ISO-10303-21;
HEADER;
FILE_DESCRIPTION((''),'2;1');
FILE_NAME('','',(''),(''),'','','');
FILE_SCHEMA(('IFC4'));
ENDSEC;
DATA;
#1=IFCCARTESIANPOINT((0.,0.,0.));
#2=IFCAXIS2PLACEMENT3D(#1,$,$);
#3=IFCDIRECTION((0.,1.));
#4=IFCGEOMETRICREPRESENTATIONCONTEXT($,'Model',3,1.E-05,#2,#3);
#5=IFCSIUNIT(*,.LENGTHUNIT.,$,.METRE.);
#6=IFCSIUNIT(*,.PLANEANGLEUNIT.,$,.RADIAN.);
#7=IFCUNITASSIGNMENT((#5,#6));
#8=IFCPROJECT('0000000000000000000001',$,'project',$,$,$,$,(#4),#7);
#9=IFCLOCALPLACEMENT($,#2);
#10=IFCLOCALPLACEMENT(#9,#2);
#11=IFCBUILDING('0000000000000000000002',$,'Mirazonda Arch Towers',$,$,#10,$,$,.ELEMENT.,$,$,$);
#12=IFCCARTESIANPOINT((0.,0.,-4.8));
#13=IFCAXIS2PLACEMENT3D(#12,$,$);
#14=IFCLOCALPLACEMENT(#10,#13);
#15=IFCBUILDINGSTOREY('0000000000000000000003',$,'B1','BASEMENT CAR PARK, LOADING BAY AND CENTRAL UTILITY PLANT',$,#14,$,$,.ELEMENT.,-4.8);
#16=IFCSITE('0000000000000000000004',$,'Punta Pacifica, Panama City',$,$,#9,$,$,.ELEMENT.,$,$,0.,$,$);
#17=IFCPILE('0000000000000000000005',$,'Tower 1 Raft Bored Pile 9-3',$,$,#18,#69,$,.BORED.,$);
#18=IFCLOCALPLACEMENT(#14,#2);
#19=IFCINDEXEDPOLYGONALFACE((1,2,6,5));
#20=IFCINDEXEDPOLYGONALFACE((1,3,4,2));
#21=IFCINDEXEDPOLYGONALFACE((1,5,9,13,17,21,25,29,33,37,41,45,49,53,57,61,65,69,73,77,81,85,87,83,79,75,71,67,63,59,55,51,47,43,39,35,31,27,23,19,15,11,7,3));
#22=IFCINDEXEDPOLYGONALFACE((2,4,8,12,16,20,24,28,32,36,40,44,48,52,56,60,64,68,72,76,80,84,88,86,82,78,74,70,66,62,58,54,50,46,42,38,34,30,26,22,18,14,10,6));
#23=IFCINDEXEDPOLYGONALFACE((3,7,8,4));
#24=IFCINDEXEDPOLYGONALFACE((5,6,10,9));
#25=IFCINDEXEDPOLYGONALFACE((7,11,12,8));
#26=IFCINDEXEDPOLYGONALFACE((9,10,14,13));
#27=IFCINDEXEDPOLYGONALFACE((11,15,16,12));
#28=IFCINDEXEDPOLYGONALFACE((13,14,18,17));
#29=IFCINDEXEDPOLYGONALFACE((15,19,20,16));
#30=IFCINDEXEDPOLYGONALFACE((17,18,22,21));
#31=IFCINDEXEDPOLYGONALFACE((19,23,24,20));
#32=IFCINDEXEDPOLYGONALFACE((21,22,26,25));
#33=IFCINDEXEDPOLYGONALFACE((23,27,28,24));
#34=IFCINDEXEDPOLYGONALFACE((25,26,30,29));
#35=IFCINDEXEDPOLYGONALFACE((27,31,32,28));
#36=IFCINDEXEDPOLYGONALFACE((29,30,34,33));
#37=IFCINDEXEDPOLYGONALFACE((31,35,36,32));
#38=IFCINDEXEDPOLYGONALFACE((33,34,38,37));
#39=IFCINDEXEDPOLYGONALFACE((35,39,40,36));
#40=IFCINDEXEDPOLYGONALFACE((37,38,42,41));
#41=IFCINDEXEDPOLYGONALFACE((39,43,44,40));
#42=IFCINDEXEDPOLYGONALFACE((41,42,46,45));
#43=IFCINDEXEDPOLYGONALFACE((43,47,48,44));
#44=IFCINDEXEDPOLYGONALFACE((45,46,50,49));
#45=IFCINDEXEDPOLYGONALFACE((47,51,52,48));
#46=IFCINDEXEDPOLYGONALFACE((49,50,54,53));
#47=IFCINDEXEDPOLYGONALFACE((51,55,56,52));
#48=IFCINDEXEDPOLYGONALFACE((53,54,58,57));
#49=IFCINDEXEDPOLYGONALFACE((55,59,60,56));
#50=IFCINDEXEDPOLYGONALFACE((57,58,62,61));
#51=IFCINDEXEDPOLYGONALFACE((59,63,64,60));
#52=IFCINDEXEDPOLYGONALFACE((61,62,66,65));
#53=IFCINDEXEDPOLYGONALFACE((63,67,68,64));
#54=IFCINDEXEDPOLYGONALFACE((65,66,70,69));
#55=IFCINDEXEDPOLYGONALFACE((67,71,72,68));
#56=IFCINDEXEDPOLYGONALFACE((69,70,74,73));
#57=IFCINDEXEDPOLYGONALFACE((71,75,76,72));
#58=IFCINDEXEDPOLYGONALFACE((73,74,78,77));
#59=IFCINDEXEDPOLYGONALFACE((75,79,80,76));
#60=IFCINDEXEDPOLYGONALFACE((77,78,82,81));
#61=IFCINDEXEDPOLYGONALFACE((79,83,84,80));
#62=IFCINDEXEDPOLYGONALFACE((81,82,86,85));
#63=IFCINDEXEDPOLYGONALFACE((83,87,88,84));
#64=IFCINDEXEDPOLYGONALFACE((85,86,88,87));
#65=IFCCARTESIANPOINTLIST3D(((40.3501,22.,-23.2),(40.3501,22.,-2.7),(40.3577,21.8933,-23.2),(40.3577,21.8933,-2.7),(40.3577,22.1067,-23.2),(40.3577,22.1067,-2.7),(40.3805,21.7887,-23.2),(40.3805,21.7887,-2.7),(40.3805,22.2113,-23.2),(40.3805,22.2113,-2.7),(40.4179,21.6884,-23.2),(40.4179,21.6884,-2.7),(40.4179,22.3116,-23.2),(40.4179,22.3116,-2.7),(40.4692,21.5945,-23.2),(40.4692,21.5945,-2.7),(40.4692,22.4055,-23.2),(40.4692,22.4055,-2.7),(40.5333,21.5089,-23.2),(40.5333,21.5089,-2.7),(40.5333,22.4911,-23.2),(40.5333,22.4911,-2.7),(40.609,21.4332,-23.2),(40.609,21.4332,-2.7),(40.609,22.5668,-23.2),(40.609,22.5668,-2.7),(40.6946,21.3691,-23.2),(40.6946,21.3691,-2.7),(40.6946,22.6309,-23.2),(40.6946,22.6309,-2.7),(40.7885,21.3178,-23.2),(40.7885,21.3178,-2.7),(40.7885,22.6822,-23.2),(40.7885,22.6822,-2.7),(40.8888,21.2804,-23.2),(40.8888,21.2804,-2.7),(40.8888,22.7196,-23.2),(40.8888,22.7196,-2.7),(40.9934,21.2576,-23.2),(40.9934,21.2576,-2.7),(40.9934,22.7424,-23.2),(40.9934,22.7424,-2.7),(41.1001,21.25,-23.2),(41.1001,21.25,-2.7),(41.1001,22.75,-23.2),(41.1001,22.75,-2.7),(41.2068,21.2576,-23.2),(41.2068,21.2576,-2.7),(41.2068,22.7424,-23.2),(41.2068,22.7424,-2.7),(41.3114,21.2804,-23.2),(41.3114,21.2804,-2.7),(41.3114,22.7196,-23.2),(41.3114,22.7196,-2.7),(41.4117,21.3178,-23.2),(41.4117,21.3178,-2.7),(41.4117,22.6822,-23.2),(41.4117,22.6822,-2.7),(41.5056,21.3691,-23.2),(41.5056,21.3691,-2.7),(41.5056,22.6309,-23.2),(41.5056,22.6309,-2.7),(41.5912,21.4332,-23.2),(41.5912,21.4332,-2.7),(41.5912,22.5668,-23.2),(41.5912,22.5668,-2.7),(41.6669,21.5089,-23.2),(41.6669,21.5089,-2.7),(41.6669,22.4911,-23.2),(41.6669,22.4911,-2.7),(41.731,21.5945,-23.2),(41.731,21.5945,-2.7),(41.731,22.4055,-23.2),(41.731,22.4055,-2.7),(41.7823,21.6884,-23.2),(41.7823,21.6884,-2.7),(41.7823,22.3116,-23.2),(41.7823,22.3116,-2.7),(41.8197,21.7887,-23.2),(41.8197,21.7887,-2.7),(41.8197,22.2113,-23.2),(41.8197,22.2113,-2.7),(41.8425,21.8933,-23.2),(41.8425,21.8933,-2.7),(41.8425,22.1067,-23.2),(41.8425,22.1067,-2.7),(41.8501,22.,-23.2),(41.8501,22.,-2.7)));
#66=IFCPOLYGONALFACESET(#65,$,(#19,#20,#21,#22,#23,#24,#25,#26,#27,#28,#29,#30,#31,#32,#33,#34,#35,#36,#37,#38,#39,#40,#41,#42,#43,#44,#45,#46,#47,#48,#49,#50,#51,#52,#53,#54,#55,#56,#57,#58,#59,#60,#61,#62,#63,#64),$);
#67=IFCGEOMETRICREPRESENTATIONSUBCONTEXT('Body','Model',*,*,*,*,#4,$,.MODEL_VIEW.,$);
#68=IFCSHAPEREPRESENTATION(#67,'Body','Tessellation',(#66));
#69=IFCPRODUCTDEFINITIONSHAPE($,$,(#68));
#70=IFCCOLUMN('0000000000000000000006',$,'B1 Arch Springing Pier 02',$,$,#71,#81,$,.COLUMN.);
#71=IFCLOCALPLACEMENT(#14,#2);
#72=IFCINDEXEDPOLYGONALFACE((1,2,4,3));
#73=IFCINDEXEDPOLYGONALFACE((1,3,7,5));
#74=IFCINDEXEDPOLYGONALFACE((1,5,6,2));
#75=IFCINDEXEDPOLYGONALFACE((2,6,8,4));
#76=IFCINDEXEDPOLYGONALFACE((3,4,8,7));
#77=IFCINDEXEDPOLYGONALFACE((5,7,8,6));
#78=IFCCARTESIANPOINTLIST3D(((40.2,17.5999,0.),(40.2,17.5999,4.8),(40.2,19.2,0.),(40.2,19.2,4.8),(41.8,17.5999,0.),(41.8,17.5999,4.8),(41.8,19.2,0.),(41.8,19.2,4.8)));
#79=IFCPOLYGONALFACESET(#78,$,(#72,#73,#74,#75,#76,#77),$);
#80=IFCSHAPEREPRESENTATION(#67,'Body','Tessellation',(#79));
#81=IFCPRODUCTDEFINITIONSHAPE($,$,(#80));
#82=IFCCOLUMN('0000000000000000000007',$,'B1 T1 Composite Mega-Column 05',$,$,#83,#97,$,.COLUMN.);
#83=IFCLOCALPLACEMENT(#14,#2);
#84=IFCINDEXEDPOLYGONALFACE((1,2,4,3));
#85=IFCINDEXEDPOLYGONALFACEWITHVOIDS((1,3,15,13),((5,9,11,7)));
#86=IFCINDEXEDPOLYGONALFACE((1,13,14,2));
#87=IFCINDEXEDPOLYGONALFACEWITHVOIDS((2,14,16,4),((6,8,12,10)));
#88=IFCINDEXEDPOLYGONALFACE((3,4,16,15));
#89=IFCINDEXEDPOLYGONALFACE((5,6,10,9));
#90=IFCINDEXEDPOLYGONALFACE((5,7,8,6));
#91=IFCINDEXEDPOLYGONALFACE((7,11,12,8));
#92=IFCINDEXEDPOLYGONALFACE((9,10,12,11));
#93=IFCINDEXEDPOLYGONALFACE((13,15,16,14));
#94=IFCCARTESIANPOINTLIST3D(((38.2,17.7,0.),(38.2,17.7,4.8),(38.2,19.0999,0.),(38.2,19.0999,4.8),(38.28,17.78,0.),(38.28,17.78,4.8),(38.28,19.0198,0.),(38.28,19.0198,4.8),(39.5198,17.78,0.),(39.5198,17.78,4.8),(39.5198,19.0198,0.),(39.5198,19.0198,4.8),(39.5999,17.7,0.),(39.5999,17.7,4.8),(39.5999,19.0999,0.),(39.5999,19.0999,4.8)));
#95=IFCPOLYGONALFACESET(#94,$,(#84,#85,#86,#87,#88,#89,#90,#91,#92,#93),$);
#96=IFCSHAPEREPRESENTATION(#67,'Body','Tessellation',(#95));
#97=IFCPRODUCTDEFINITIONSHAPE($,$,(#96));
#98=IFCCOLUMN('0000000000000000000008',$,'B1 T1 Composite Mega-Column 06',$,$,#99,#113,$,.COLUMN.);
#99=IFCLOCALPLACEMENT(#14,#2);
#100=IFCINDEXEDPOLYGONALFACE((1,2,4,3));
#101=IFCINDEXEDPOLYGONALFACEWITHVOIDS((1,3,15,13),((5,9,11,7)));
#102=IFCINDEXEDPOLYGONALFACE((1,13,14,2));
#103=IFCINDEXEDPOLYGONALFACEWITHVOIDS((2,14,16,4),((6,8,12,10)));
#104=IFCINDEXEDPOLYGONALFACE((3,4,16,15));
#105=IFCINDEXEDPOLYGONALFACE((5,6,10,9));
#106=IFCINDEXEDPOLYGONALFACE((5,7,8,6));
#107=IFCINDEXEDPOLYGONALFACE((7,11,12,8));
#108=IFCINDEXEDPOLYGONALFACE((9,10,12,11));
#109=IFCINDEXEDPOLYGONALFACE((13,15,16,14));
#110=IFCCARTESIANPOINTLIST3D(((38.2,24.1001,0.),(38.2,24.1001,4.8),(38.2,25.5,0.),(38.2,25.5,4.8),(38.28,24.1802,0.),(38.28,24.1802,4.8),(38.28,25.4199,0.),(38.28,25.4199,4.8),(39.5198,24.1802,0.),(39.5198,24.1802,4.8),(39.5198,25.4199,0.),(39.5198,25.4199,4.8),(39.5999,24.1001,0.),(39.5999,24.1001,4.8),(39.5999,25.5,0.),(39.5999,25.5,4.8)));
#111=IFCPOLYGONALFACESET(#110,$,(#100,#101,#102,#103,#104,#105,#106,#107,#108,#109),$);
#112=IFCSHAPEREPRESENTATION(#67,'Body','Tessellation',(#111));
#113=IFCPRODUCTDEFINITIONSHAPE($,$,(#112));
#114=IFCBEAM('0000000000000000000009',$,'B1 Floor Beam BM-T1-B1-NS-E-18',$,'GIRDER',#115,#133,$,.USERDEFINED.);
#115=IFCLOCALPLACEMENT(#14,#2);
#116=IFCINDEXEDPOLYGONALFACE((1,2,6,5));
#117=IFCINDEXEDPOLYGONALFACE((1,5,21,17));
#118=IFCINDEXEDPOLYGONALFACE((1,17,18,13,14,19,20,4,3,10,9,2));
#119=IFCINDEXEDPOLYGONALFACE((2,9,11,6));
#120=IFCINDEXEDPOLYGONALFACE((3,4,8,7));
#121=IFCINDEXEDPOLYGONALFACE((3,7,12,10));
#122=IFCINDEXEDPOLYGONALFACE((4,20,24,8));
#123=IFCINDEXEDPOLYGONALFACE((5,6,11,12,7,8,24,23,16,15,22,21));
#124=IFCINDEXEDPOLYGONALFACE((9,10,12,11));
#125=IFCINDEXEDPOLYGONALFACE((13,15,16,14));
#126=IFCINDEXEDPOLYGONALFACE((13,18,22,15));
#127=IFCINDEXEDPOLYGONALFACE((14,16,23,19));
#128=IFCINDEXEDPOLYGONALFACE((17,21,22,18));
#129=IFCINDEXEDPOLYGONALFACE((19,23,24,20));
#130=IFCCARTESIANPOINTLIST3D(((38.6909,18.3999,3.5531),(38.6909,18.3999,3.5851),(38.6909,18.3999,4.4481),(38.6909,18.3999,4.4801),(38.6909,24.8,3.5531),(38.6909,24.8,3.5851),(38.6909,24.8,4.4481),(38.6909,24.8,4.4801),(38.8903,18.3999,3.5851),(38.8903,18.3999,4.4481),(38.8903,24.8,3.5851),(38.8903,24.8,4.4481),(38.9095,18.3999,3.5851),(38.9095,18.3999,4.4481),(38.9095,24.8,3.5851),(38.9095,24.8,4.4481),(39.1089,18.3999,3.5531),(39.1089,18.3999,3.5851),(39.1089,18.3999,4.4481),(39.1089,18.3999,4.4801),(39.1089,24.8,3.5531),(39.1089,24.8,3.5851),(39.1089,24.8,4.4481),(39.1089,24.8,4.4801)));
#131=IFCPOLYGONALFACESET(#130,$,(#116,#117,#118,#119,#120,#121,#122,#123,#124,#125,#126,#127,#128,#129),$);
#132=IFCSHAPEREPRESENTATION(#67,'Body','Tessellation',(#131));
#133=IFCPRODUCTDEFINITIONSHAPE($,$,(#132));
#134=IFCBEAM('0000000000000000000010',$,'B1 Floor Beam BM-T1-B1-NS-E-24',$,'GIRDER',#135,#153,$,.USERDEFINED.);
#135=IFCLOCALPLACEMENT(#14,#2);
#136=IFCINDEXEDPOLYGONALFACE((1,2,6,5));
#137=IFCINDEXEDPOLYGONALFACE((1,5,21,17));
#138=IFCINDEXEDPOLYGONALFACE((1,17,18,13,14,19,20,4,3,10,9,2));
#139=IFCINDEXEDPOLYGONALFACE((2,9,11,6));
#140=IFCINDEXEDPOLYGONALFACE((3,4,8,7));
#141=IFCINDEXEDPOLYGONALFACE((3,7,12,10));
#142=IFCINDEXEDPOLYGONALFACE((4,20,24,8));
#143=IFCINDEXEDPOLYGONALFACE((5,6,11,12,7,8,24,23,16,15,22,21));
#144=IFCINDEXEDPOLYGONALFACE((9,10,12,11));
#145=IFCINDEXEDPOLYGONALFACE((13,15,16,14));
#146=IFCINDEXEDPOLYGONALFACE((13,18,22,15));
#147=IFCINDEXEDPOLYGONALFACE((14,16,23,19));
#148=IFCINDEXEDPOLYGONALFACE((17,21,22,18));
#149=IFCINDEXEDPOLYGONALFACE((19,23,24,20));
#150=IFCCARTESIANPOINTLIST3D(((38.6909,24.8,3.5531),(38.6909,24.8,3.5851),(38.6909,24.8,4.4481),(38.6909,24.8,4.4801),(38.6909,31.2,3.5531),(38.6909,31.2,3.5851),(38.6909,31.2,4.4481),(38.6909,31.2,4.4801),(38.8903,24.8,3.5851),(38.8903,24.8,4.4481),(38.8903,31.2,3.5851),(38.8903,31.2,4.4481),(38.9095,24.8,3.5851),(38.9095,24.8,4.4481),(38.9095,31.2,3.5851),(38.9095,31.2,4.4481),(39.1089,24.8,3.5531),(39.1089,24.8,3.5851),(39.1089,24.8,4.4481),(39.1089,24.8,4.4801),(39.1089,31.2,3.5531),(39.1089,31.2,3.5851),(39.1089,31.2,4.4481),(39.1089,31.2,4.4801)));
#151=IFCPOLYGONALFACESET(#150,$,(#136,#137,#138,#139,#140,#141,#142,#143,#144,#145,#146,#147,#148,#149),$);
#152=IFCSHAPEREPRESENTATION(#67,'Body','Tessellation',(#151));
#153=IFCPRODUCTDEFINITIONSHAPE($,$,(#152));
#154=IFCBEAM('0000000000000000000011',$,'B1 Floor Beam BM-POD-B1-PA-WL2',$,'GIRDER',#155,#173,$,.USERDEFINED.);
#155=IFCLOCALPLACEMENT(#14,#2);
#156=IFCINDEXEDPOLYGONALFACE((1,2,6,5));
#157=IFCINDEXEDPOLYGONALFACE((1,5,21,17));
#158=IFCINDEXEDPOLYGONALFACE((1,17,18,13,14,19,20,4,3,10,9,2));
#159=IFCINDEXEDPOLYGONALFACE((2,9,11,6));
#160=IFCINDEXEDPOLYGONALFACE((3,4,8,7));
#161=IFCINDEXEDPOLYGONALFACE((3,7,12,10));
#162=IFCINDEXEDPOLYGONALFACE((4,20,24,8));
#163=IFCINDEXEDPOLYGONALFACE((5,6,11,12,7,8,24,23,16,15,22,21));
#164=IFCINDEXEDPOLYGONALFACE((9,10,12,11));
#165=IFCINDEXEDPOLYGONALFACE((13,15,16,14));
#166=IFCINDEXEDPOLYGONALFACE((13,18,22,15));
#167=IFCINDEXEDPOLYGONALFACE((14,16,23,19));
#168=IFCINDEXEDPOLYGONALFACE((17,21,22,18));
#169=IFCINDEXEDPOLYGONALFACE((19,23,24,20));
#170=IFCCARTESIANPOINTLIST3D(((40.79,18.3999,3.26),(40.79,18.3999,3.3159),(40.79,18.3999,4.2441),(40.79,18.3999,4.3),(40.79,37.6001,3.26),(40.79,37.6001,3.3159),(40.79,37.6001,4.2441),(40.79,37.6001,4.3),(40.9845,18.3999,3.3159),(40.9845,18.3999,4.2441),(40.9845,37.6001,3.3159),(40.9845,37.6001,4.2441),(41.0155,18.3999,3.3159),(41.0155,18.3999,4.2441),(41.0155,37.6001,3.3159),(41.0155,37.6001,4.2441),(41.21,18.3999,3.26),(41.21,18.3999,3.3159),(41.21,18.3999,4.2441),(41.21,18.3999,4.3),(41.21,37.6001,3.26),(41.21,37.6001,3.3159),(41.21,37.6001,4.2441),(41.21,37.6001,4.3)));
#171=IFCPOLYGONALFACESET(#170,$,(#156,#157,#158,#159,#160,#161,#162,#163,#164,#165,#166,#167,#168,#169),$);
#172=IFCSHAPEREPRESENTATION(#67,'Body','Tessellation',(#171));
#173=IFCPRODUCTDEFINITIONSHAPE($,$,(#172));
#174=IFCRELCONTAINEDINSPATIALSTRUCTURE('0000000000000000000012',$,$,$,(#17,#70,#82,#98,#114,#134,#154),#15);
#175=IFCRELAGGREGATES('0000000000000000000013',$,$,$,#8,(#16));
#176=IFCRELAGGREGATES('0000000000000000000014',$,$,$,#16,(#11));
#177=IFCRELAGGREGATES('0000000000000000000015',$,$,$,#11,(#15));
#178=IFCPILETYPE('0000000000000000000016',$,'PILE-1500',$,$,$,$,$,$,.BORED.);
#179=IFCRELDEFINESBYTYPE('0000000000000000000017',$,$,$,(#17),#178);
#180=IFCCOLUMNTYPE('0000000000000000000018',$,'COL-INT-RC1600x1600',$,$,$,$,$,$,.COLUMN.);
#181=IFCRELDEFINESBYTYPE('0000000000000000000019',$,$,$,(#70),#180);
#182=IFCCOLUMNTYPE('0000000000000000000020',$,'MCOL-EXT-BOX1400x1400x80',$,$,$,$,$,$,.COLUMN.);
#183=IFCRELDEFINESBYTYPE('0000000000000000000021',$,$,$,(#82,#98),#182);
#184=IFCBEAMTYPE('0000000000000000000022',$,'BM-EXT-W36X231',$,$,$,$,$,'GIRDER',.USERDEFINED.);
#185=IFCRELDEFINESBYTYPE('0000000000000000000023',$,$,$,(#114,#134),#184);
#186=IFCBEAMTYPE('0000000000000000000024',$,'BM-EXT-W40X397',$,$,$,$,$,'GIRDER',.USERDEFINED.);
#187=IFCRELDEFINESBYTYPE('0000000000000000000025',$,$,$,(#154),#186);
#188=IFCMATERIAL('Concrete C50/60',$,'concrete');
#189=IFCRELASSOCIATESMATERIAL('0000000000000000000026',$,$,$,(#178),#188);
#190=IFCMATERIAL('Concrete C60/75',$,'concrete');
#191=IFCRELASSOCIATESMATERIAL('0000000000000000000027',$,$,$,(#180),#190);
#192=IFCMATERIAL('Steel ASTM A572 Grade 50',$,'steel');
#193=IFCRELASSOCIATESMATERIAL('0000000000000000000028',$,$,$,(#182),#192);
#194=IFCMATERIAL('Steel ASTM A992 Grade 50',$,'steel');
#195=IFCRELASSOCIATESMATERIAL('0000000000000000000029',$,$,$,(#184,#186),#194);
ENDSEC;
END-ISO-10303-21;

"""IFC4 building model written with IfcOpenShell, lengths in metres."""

from ifc_helpers import new_model, si_unit, direction, frame, origin, origin_2d, place, context, subcontext, project, spatial, rectangle, hollow_rectangle, circle, i_section, extrude, material, material_profile, profile_set, type_object, element, save


model = new_model("IFC4")

# Units and contexts
model_context = context("Model", 3, precision=1e-05, world=origin(), true_north=direction((0.0, 1.0)))
body_context = subcontext(model_context, "Body", "Model", "MODEL_VIEW")
ifc_project = project(units=[si_unit("LENGTHUNIT", "METRE"), si_unit("PLANEANGLEUNIT", "RADIAN")], contexts=[model_context])

# Site, building, storey
site_placement = place(None, origin())
site = spatial("IfcSite", under=ifc_project, at=site_placement, Name="Punta Pacifica, Panama City", CompositionType="ELEMENT", RefElevation=0.0)
building_placement = place(site_placement, origin())
building = spatial("IfcBuilding", under=site, at=building_placement, Name="Mirazonda Arch Towers", CompositionType="ELEMENT")
storey_placement = place(building_placement, frame((0.0, 0.0, -4.8)))
storey = spatial("IfcBuildingStorey", under=building, at=storey_placement, Name="B1", Description="BASEMENT CAR PARK, LOADING BAY AND CENTRAL UTILITY PLANT", CompositionType="ELEMENT", Elevation=-4.8)

# Pile
ifc_material_1 = material(Name="Concrete C50/60", Category="concrete")
ifc_material_profile_1 = material_profile(ifc_material_1, circle(Radius=0.75, at=origin_2d()), Name="BORED-D1500")
ifc_profile_set_1 = profile_set([ifc_material_profile_1], Name="Concrete C50/60")
pile_type_1 = type_object("IfcPileType", Name="PILE-1500", PredefinedType="BORED", material=ifc_profile_set_1)
for number, where, z_axis, x_axis, name in (
    (1, (41.1001, 22.0, -2.7), (0.0, 0.0, -1.0), (1.0, 0.0, 0.0), "Tower 1 Raft Bored Pile 9-3"),
):
    element("IfcPile", number, at=place(storey_placement, frame(where, z_axis=z_axis, x_axis=x_axis)), inside=storey, type_object=pile_type_1, Name=name, PredefinedType="BORED", context=body_context, shape_type="SweptSolid", body=[
        extrude(circle(Radius=0.75, at=origin_2d()), origin(), (0.0, 0.0, 1.0), 20.5),
    ])

# Columns
ifc_material_2 = material(Name="Concrete C60/75", Category="concrete")
ifc_material_profile_2 = material_profile(ifc_material_2, rectangle(XDim=1.6001, YDim=1.6001, at=origin_2d()), Name="RC1600x1600")
ifc_profile_set_2 = profile_set([ifc_material_profile_2], Name="Concrete C60/75")
column_type_1 = type_object("IfcColumnType", Name="COL-INT-RC1600x1600", PredefinedType="COLUMN", material=ifc_profile_set_2)
column_placement = place(storey_placement, frame((41.0, 18.3999, 0.0), z_axis=(0.0, 0.0, 1.0), x_axis=(1.0, 0.0, 0.0)))
element("IfcColumn", 2, at=column_placement, inside=storey, type_object=column_type_1, Name="B1 Arch Springing Pier 02", PredefinedType="COLUMN", context=body_context, shape_type="SweptSolid", body=[
    extrude(rectangle(XDim=1.6001, YDim=1.6001, at=origin_2d()), origin(), (0.0, 0.0, 1.0), 4.8),
])
ifc_material_3 = material(Name="Steel ASTM A572 Grade 50", Category="steel")
ifc_material_profile_3 = material_profile(ifc_material_3, hollow_rectangle(XDim=1.3999, YDim=1.3999, WallThickness=0.0801, at=origin_2d()), Name="BOX1400x1400x80")
ifc_profile_set_3 = profile_set([ifc_material_profile_3], Name="Steel ASTM A572 Grade 50")
column_type_2 = type_object("IfcColumnType", Name="MCOL-EXT-BOX1400x1400x80", PredefinedType="COLUMN", material=ifc_profile_set_3)
for number, where, z_axis, x_axis, name in (
    (3, (38.8999, 18.3999, 0.0), (0.0, 0.0, 1.0), (1.0, 0.0, 0.0), "B1 T1 Composite Mega-Column 05"),
    (4, (38.8999, 24.8, 0.0), (0.0, 0.0, 1.0), (1.0, 0.0, 0.0), "B1 T1 Composite Mega-Column 06"),
):
    element("IfcColumn", number, at=place(storey_placement, frame(where, z_axis=z_axis, x_axis=x_axis)), inside=storey, type_object=column_type_2, Name=name, PredefinedType="COLUMN", context=body_context, shape_type="SweptSolid", body=[
        extrude(hollow_rectangle(XDim=1.3999, YDim=1.3999, WallThickness=0.0801, at=origin_2d()), origin(), (0.0, 0.0, 1.0), 4.8),
    ])

# Beams
ifc_material_4 = material(Name="Steel ASTM A992 Grade 50", Category="steel")
ifc_material_profile_4 = material_profile(ifc_material_4, i_section(OverallWidth=0.418, OverallDepth=0.927, WebThickness=0.0193, FlangeThickness=0.032, at=origin_2d()), Name="W36X231")
ifc_profile_set_4 = profile_set([ifc_material_profile_4], Name="Steel ASTM A992 Grade 50")
beam_type_1 = type_object("IfcBeamType", Name="BM-EXT-W36X231", ElementType="GIRDER", PredefinedType="USERDEFINED", material=ifc_profile_set_4)
beam_1_placement = place(storey_placement, frame((38.8999, 18.3999, 4.0166), z_axis=(0.0, 1.0, 0.0), x_axis=(-1.0, 0.0, 0.0)))
element("IfcBeam", 5, at=beam_1_placement, inside=storey, type_object=beam_type_1, Name="B1 Floor Beam BM-T1-B1-NS-E-18", ObjectType="GIRDER", PredefinedType="USERDEFINED", context=body_context, shape_type="SweptSolid", body=[
    extrude(i_section(OverallWidth=0.418, OverallDepth=0.927, WebThickness=0.0193, FlangeThickness=0.032, at=origin_2d()), origin(), (0.0, 0.0, 1.0), 6.4001),
])
beam_2_placement = place(storey_placement, frame((38.8999, 24.8, 4.0166), z_axis=(0.0, 1.0, 0.0), x_axis=(-1.0, 0.0, 0.0)))
element("IfcBeam", 6, at=beam_2_placement, inside=storey, type_object=beam_type_1, Name="B1 Floor Beam BM-T1-B1-NS-E-24", ObjectType="GIRDER", PredefinedType="USERDEFINED", context=body_context, shape_type="SweptSolid", body=[
    extrude(i_section(OverallWidth=0.418, OverallDepth=0.927, WebThickness=0.0193, FlangeThickness=0.032, at=origin_2d()), origin(), (0.0, 0.0, 1.0), 6.3999),
])
ifc_material_profile_5 = material_profile(ifc_material_4, i_section(OverallWidth=0.4199, OverallDepth=1.04, WebThickness=0.031, FlangeThickness=0.0559, at=origin_2d()), Name="W40X397")
ifc_profile_set_5 = profile_set([ifc_material_profile_5], Name="Steel ASTM A992 Grade 50")
beam_type_2 = type_object("IfcBeamType", Name="BM-EXT-W40X397", ElementType="GIRDER", PredefinedType="USERDEFINED", material=ifc_profile_set_5)
beam_3_placement = place(storey_placement, frame((41.0, 18.3999, 3.78), z_axis=(0.0, 1.0, 0.0), x_axis=(-1.0, 0.0, 0.0)))
element("IfcBeam", 7, at=beam_3_placement, inside=storey, type_object=beam_type_2, Name="B1 Floor Beam BM-POD-B1-PA-WL2", ObjectType="GIRDER", PredefinedType="USERDEFINED", context=body_context, shape_type="SweptSolid", body=[
    extrude(i_section(OverallWidth=0.4199, OverallDepth=1.04, WebThickness=0.031, FlangeThickness=0.0559, at=origin_2d()), origin(), (0.0, 0.0, 1.0), 19.2002),
])

save(model, "model.ifc")
